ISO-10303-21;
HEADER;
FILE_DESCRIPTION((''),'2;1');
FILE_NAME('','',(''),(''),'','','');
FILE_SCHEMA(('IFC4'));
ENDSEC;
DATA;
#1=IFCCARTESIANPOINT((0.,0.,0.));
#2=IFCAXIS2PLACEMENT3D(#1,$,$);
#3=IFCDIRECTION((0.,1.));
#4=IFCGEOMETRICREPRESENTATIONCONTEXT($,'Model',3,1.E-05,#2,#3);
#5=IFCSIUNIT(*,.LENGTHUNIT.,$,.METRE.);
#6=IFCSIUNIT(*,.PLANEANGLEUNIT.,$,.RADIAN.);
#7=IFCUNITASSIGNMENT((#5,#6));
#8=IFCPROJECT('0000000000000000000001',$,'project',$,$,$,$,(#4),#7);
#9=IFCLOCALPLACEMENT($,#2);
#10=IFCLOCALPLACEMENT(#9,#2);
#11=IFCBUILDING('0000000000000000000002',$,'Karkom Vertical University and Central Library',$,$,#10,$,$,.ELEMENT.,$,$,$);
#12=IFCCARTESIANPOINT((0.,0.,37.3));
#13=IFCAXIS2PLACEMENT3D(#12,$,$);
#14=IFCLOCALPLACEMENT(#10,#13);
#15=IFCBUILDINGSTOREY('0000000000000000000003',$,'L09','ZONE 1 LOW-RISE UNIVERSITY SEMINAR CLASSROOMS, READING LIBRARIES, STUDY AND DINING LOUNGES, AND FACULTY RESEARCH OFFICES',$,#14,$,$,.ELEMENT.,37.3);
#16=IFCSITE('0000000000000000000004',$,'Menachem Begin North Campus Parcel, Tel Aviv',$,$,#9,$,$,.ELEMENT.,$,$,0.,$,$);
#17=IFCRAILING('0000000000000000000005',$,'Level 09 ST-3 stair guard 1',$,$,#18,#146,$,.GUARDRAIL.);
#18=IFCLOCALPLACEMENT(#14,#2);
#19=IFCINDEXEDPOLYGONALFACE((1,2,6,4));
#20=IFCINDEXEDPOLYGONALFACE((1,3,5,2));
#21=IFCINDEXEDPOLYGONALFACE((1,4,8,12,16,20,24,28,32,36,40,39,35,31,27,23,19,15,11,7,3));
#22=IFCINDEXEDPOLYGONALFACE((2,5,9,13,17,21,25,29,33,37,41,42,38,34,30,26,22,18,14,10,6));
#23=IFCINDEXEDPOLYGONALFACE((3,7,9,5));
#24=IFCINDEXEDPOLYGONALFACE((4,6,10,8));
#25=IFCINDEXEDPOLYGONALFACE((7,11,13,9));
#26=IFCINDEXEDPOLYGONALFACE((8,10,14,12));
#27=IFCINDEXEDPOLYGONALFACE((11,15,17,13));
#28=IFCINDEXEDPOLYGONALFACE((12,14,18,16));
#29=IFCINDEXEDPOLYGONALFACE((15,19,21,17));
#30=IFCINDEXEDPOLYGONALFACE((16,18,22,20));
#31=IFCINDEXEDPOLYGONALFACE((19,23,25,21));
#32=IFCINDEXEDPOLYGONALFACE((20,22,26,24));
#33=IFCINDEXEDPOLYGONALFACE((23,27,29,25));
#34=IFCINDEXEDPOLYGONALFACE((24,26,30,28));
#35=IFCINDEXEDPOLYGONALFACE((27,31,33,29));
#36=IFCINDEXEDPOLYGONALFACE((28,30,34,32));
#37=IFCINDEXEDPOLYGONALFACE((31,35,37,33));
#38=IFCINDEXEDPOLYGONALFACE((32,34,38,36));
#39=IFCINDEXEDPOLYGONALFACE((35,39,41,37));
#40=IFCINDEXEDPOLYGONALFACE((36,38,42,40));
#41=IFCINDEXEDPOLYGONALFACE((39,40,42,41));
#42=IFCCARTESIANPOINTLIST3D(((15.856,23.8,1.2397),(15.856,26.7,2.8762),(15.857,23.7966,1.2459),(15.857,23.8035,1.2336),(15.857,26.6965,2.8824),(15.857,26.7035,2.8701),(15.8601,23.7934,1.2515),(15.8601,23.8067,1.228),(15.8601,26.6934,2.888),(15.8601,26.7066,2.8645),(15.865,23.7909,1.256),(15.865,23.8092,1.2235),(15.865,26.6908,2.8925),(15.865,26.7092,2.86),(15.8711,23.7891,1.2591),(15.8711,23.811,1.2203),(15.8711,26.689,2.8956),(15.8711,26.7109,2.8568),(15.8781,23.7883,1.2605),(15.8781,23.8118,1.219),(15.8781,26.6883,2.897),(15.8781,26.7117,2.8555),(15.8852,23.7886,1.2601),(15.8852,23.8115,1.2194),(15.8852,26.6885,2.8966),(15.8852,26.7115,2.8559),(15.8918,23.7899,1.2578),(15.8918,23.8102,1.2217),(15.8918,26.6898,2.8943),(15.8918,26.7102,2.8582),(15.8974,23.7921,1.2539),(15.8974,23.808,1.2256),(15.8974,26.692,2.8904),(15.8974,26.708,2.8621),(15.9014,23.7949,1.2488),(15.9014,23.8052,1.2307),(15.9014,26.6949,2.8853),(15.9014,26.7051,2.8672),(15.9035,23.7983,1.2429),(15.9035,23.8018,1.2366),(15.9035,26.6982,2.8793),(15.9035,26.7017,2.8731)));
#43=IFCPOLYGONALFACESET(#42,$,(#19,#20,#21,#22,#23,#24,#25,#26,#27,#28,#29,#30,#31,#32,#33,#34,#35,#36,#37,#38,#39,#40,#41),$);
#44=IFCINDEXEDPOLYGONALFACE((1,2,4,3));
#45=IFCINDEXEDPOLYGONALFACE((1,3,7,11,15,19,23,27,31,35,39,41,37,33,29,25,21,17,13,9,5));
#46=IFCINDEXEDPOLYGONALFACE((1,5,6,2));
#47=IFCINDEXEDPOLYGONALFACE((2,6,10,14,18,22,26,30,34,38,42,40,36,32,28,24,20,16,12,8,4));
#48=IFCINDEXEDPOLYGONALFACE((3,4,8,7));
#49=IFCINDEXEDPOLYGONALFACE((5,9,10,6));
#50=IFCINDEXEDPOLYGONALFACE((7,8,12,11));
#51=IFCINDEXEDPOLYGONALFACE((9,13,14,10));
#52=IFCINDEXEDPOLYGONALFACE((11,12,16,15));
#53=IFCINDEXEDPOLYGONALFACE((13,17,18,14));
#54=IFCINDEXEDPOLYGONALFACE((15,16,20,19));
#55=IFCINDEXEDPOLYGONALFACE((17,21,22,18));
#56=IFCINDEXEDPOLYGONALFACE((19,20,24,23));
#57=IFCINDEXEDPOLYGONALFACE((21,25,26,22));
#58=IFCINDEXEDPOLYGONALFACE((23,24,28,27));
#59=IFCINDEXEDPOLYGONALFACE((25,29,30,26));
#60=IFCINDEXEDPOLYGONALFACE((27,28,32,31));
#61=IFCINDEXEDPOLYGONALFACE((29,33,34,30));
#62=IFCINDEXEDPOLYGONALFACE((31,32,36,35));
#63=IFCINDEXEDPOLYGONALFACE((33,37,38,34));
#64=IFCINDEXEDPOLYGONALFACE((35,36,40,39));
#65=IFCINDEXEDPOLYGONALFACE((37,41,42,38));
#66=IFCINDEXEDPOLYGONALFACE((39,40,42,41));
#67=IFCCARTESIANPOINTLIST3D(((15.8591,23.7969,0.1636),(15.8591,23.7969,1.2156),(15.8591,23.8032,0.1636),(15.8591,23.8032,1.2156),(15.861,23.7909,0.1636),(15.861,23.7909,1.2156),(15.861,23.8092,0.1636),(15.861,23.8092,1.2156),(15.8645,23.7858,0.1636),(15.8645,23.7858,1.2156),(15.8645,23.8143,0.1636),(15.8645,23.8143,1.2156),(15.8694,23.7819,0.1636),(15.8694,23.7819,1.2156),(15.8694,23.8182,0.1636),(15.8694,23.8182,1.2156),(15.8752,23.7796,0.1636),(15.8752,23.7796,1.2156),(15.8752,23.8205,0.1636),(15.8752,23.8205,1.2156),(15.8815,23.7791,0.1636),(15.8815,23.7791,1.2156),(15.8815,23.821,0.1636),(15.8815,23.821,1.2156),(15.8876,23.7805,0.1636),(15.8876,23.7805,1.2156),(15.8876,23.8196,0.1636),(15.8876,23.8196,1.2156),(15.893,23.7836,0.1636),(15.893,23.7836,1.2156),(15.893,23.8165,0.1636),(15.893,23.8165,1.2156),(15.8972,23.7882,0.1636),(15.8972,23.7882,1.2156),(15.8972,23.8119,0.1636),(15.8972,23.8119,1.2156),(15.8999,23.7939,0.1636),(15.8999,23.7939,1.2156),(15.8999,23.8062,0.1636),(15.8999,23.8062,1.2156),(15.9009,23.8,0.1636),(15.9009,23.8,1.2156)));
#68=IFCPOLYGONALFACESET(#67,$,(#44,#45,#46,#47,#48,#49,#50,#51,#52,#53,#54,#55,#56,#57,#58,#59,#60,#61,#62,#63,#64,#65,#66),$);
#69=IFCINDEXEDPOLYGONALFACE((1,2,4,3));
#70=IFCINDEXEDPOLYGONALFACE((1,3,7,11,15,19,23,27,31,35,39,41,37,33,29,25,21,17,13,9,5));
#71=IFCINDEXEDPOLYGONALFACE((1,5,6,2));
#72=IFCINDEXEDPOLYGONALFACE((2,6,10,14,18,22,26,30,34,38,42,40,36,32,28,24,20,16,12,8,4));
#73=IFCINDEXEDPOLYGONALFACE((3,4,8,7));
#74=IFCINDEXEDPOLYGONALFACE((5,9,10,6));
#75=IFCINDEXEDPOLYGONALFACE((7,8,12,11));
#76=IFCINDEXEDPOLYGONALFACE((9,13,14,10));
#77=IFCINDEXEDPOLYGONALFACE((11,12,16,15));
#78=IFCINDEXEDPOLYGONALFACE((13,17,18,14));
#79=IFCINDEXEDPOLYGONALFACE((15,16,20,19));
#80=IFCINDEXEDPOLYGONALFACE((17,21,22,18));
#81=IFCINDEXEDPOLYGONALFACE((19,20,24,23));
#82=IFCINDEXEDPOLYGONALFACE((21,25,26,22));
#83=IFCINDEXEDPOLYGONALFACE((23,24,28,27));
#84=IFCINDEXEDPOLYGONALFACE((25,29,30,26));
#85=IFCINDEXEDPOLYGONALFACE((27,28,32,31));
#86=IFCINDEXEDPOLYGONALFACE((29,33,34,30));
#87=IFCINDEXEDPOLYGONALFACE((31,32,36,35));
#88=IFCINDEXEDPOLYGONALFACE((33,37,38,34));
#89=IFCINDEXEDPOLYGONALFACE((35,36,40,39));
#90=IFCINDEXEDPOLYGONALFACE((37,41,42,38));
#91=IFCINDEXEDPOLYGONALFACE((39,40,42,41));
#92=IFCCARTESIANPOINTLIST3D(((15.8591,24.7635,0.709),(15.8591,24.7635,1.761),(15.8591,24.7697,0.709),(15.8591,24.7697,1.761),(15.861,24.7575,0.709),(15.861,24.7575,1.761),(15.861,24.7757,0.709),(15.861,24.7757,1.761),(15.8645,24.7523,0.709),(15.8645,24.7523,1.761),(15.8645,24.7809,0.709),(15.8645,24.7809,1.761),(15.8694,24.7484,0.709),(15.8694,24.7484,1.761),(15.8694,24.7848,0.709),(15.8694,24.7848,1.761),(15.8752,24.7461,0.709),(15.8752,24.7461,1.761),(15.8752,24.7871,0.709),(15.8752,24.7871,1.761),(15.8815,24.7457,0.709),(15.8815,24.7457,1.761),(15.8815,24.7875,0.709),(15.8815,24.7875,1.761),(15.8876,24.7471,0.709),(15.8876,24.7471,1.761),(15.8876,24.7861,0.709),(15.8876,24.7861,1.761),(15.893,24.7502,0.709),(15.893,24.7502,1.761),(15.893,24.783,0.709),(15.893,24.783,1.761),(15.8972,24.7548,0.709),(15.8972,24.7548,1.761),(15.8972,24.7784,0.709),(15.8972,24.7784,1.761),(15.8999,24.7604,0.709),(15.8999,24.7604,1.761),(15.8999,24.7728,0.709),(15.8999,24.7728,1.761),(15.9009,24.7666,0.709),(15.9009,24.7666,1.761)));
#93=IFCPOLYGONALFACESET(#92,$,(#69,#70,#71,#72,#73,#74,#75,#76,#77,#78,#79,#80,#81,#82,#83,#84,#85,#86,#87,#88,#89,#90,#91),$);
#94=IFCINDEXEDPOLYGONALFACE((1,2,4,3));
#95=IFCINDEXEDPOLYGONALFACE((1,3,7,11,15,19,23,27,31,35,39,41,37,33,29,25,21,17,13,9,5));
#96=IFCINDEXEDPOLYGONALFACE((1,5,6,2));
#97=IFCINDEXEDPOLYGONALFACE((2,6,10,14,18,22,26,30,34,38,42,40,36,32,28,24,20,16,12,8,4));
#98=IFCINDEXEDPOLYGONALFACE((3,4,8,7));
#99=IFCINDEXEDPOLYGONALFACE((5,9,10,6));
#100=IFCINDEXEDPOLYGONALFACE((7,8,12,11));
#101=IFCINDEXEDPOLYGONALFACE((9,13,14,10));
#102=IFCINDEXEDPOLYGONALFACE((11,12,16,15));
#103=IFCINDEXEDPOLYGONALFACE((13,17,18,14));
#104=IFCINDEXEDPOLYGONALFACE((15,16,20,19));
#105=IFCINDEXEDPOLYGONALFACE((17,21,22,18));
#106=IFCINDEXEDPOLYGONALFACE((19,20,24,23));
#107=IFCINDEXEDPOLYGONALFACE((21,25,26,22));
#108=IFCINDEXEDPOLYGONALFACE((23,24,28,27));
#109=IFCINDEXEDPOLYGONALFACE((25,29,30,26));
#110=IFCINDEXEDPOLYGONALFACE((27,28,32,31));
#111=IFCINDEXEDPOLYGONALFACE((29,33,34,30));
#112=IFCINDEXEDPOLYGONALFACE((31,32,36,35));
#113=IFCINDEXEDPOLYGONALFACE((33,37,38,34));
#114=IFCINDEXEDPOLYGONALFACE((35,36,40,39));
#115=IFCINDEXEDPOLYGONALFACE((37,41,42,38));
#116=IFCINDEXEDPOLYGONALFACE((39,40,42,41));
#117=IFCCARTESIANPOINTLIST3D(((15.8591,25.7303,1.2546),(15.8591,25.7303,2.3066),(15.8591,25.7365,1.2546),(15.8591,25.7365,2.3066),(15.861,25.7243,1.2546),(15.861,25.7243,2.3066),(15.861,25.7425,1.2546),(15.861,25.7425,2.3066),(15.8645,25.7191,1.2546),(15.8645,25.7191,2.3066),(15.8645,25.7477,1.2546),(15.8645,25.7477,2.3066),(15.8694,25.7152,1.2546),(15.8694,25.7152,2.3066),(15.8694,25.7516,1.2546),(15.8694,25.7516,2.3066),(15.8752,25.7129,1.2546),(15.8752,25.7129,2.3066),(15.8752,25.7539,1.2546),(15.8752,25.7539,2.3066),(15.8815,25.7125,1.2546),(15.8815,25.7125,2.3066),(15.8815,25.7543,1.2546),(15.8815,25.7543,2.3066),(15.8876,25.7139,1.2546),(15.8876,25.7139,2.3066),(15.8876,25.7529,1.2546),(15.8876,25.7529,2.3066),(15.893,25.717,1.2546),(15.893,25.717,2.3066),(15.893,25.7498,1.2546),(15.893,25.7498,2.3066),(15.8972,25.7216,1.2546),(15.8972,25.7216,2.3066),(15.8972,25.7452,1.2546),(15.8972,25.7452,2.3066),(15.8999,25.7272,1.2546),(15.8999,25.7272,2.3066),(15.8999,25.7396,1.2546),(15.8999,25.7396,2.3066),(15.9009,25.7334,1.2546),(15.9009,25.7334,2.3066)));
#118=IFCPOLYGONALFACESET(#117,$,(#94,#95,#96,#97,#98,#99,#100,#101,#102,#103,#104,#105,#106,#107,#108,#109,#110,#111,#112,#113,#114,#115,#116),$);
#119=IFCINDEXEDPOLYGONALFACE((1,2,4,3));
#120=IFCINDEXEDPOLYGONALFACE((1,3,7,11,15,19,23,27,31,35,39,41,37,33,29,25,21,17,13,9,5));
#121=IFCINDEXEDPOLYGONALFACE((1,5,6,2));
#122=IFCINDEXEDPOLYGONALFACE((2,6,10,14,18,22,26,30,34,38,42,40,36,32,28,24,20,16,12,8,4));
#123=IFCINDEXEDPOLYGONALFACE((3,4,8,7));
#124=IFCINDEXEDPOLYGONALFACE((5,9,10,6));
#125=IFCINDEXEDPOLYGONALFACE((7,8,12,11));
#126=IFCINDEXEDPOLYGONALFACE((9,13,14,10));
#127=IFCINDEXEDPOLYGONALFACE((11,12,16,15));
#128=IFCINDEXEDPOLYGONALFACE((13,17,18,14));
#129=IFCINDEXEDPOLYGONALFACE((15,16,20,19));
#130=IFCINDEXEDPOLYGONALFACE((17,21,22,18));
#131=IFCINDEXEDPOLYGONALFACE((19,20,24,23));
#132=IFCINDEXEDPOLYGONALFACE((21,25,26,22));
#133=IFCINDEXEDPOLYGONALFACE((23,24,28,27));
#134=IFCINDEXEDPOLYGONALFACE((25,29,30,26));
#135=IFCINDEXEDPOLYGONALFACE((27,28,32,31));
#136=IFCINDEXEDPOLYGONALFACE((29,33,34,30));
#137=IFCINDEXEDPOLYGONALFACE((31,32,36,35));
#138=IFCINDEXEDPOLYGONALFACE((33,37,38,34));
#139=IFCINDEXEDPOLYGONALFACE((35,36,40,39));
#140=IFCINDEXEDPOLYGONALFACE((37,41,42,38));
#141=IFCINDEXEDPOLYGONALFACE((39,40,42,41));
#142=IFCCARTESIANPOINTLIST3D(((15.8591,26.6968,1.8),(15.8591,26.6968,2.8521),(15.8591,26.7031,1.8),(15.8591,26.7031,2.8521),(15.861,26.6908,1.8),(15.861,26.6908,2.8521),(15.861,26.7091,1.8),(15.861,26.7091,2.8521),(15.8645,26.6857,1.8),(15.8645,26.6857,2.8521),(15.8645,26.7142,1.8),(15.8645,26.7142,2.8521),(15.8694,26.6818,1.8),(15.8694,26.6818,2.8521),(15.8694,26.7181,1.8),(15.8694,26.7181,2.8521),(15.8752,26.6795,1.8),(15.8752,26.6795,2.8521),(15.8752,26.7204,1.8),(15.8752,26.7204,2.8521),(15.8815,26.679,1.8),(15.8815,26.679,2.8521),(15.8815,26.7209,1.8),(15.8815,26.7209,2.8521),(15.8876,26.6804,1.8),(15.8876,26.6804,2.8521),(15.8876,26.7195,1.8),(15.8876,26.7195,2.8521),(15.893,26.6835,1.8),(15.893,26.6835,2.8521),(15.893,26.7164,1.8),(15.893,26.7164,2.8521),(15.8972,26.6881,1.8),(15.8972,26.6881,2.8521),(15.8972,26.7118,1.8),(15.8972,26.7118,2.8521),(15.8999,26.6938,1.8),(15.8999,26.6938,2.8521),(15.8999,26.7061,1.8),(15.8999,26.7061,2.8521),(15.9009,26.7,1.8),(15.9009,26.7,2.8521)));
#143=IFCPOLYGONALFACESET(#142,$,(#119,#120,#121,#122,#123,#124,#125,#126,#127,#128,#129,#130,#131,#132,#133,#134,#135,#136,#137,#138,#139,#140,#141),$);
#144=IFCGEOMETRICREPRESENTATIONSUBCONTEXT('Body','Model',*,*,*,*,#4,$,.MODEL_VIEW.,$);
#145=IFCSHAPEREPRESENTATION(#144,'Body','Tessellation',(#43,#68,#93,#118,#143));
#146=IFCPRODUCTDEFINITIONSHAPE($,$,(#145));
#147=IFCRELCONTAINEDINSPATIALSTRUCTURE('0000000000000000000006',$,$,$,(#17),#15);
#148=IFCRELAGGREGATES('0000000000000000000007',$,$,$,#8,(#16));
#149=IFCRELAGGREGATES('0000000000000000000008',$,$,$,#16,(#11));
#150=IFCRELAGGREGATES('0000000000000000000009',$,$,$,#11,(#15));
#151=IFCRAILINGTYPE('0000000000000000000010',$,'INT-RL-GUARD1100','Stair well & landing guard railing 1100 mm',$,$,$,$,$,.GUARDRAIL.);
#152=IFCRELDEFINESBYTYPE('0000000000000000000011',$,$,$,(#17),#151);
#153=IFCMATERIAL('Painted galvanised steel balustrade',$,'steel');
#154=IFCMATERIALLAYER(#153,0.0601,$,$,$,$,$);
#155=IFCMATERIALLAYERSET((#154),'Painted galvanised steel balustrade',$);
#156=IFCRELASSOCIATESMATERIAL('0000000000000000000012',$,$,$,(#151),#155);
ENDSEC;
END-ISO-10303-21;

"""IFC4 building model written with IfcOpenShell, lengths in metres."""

from ifc_helpers import new_model, si_unit, direction, frame, origin, origin_2d, place, context, subcontext, project, spatial, circle, extrude, material, layer, layer_set, type_object, element, save


model = new_model("IFC4")

# Units and contexts
model_context = context("Model", 3, precision=1e-05, world=origin(), true_north=direction((0.0, 1.0)))
body_context = subcontext(model_context, "Body", "Model", "MODEL_VIEW")
ifc_project = project(units=[si_unit("LENGTHUNIT", "METRE"), si_unit("PLANEANGLEUNIT", "RADIAN")], contexts=[model_context])

# Site, building, storey
site_placement = place(None, origin())
site = spatial("IfcSite", under=ifc_project, at=site_placement, Name="Menachem Begin North Campus Parcel, Tel Aviv", CompositionType="ELEMENT", RefElevation=0.0)
building_placement = place(site_placement, origin())
building = spatial("IfcBuilding", under=site, at=building_placement, Name="Karkom Vertical University and Central Library", CompositionType="ELEMENT")
storey_placement = place(building_placement, frame((0.0, 0.0, 37.3)))
storey = spatial("IfcBuildingStorey", under=building, at=storey_placement, Name="L09", Description="ZONE 1 LOW-RISE UNIVERSITY SEMINAR CLASSROOMS, READING LIBRARIES, STUDY AND DINING LOUNGES, AND FACULTY RESEARCH OFFICES", CompositionType="ELEMENT", Elevation=37.3)

# Railing
ifc_material_1 = material(Name="Painted galvanised steel balustrade", Category="steel")
ifc_layer_1 = layer(ifc_material_1, 0.0601)
ifc_layer_set_1 = layer_set([ifc_layer_1], Name="Painted galvanised steel balustrade")
railing_type_1 = type_object("IfcRailingType", Name="INT-RL-GUARD1100", Description="Stair well & landing guard railing 1100 mm", PredefinedType="GUARDRAIL", material=ifc_layer_set_1)
railing_1_placement = place(storey_placement, frame((15.8799, 23.8, 0.1636)))
element("IfcRailing", 1, at=railing_1_placement, inside=storey, type_object=railing_type_1, Name="Level 09 ST-3 stair guard 1", PredefinedType="GUARDRAIL", context=body_context, shape_type="SweptSolid", body=[
    extrude(circle(Radius=0.0239, at=origin_2d()), frame((0.0, 0.0, 1.0762), z_axis=(0.0, 0.870897, 0.491465), x_axis=(-1.0, 0.0, 0.0)), (0.0, 0.0, 1.0), 3.3298),
    extrude(circle(Radius=0.021, at=origin_2d()), origin(), (0.0, 0.0, 1.0), 1.052),
    extrude(circle(Radius=0.021, at=origin_2d()), frame((0.0, 0.9666, 0.5454)), (0.0, 0.0, 1.0), 1.052),
    extrude(circle(Radius=0.021, at=origin_2d()), frame((0.0, 1.9333, 1.0911)), (0.0, 0.0, 1.0), 1.052),
    extrude(circle(Radius=0.021, at=origin_2d()), frame((0.0, 2.8999, 1.6365)), (0.0, 0.0, 1.0), 1.052),
])

save(model, "model.ifc")
